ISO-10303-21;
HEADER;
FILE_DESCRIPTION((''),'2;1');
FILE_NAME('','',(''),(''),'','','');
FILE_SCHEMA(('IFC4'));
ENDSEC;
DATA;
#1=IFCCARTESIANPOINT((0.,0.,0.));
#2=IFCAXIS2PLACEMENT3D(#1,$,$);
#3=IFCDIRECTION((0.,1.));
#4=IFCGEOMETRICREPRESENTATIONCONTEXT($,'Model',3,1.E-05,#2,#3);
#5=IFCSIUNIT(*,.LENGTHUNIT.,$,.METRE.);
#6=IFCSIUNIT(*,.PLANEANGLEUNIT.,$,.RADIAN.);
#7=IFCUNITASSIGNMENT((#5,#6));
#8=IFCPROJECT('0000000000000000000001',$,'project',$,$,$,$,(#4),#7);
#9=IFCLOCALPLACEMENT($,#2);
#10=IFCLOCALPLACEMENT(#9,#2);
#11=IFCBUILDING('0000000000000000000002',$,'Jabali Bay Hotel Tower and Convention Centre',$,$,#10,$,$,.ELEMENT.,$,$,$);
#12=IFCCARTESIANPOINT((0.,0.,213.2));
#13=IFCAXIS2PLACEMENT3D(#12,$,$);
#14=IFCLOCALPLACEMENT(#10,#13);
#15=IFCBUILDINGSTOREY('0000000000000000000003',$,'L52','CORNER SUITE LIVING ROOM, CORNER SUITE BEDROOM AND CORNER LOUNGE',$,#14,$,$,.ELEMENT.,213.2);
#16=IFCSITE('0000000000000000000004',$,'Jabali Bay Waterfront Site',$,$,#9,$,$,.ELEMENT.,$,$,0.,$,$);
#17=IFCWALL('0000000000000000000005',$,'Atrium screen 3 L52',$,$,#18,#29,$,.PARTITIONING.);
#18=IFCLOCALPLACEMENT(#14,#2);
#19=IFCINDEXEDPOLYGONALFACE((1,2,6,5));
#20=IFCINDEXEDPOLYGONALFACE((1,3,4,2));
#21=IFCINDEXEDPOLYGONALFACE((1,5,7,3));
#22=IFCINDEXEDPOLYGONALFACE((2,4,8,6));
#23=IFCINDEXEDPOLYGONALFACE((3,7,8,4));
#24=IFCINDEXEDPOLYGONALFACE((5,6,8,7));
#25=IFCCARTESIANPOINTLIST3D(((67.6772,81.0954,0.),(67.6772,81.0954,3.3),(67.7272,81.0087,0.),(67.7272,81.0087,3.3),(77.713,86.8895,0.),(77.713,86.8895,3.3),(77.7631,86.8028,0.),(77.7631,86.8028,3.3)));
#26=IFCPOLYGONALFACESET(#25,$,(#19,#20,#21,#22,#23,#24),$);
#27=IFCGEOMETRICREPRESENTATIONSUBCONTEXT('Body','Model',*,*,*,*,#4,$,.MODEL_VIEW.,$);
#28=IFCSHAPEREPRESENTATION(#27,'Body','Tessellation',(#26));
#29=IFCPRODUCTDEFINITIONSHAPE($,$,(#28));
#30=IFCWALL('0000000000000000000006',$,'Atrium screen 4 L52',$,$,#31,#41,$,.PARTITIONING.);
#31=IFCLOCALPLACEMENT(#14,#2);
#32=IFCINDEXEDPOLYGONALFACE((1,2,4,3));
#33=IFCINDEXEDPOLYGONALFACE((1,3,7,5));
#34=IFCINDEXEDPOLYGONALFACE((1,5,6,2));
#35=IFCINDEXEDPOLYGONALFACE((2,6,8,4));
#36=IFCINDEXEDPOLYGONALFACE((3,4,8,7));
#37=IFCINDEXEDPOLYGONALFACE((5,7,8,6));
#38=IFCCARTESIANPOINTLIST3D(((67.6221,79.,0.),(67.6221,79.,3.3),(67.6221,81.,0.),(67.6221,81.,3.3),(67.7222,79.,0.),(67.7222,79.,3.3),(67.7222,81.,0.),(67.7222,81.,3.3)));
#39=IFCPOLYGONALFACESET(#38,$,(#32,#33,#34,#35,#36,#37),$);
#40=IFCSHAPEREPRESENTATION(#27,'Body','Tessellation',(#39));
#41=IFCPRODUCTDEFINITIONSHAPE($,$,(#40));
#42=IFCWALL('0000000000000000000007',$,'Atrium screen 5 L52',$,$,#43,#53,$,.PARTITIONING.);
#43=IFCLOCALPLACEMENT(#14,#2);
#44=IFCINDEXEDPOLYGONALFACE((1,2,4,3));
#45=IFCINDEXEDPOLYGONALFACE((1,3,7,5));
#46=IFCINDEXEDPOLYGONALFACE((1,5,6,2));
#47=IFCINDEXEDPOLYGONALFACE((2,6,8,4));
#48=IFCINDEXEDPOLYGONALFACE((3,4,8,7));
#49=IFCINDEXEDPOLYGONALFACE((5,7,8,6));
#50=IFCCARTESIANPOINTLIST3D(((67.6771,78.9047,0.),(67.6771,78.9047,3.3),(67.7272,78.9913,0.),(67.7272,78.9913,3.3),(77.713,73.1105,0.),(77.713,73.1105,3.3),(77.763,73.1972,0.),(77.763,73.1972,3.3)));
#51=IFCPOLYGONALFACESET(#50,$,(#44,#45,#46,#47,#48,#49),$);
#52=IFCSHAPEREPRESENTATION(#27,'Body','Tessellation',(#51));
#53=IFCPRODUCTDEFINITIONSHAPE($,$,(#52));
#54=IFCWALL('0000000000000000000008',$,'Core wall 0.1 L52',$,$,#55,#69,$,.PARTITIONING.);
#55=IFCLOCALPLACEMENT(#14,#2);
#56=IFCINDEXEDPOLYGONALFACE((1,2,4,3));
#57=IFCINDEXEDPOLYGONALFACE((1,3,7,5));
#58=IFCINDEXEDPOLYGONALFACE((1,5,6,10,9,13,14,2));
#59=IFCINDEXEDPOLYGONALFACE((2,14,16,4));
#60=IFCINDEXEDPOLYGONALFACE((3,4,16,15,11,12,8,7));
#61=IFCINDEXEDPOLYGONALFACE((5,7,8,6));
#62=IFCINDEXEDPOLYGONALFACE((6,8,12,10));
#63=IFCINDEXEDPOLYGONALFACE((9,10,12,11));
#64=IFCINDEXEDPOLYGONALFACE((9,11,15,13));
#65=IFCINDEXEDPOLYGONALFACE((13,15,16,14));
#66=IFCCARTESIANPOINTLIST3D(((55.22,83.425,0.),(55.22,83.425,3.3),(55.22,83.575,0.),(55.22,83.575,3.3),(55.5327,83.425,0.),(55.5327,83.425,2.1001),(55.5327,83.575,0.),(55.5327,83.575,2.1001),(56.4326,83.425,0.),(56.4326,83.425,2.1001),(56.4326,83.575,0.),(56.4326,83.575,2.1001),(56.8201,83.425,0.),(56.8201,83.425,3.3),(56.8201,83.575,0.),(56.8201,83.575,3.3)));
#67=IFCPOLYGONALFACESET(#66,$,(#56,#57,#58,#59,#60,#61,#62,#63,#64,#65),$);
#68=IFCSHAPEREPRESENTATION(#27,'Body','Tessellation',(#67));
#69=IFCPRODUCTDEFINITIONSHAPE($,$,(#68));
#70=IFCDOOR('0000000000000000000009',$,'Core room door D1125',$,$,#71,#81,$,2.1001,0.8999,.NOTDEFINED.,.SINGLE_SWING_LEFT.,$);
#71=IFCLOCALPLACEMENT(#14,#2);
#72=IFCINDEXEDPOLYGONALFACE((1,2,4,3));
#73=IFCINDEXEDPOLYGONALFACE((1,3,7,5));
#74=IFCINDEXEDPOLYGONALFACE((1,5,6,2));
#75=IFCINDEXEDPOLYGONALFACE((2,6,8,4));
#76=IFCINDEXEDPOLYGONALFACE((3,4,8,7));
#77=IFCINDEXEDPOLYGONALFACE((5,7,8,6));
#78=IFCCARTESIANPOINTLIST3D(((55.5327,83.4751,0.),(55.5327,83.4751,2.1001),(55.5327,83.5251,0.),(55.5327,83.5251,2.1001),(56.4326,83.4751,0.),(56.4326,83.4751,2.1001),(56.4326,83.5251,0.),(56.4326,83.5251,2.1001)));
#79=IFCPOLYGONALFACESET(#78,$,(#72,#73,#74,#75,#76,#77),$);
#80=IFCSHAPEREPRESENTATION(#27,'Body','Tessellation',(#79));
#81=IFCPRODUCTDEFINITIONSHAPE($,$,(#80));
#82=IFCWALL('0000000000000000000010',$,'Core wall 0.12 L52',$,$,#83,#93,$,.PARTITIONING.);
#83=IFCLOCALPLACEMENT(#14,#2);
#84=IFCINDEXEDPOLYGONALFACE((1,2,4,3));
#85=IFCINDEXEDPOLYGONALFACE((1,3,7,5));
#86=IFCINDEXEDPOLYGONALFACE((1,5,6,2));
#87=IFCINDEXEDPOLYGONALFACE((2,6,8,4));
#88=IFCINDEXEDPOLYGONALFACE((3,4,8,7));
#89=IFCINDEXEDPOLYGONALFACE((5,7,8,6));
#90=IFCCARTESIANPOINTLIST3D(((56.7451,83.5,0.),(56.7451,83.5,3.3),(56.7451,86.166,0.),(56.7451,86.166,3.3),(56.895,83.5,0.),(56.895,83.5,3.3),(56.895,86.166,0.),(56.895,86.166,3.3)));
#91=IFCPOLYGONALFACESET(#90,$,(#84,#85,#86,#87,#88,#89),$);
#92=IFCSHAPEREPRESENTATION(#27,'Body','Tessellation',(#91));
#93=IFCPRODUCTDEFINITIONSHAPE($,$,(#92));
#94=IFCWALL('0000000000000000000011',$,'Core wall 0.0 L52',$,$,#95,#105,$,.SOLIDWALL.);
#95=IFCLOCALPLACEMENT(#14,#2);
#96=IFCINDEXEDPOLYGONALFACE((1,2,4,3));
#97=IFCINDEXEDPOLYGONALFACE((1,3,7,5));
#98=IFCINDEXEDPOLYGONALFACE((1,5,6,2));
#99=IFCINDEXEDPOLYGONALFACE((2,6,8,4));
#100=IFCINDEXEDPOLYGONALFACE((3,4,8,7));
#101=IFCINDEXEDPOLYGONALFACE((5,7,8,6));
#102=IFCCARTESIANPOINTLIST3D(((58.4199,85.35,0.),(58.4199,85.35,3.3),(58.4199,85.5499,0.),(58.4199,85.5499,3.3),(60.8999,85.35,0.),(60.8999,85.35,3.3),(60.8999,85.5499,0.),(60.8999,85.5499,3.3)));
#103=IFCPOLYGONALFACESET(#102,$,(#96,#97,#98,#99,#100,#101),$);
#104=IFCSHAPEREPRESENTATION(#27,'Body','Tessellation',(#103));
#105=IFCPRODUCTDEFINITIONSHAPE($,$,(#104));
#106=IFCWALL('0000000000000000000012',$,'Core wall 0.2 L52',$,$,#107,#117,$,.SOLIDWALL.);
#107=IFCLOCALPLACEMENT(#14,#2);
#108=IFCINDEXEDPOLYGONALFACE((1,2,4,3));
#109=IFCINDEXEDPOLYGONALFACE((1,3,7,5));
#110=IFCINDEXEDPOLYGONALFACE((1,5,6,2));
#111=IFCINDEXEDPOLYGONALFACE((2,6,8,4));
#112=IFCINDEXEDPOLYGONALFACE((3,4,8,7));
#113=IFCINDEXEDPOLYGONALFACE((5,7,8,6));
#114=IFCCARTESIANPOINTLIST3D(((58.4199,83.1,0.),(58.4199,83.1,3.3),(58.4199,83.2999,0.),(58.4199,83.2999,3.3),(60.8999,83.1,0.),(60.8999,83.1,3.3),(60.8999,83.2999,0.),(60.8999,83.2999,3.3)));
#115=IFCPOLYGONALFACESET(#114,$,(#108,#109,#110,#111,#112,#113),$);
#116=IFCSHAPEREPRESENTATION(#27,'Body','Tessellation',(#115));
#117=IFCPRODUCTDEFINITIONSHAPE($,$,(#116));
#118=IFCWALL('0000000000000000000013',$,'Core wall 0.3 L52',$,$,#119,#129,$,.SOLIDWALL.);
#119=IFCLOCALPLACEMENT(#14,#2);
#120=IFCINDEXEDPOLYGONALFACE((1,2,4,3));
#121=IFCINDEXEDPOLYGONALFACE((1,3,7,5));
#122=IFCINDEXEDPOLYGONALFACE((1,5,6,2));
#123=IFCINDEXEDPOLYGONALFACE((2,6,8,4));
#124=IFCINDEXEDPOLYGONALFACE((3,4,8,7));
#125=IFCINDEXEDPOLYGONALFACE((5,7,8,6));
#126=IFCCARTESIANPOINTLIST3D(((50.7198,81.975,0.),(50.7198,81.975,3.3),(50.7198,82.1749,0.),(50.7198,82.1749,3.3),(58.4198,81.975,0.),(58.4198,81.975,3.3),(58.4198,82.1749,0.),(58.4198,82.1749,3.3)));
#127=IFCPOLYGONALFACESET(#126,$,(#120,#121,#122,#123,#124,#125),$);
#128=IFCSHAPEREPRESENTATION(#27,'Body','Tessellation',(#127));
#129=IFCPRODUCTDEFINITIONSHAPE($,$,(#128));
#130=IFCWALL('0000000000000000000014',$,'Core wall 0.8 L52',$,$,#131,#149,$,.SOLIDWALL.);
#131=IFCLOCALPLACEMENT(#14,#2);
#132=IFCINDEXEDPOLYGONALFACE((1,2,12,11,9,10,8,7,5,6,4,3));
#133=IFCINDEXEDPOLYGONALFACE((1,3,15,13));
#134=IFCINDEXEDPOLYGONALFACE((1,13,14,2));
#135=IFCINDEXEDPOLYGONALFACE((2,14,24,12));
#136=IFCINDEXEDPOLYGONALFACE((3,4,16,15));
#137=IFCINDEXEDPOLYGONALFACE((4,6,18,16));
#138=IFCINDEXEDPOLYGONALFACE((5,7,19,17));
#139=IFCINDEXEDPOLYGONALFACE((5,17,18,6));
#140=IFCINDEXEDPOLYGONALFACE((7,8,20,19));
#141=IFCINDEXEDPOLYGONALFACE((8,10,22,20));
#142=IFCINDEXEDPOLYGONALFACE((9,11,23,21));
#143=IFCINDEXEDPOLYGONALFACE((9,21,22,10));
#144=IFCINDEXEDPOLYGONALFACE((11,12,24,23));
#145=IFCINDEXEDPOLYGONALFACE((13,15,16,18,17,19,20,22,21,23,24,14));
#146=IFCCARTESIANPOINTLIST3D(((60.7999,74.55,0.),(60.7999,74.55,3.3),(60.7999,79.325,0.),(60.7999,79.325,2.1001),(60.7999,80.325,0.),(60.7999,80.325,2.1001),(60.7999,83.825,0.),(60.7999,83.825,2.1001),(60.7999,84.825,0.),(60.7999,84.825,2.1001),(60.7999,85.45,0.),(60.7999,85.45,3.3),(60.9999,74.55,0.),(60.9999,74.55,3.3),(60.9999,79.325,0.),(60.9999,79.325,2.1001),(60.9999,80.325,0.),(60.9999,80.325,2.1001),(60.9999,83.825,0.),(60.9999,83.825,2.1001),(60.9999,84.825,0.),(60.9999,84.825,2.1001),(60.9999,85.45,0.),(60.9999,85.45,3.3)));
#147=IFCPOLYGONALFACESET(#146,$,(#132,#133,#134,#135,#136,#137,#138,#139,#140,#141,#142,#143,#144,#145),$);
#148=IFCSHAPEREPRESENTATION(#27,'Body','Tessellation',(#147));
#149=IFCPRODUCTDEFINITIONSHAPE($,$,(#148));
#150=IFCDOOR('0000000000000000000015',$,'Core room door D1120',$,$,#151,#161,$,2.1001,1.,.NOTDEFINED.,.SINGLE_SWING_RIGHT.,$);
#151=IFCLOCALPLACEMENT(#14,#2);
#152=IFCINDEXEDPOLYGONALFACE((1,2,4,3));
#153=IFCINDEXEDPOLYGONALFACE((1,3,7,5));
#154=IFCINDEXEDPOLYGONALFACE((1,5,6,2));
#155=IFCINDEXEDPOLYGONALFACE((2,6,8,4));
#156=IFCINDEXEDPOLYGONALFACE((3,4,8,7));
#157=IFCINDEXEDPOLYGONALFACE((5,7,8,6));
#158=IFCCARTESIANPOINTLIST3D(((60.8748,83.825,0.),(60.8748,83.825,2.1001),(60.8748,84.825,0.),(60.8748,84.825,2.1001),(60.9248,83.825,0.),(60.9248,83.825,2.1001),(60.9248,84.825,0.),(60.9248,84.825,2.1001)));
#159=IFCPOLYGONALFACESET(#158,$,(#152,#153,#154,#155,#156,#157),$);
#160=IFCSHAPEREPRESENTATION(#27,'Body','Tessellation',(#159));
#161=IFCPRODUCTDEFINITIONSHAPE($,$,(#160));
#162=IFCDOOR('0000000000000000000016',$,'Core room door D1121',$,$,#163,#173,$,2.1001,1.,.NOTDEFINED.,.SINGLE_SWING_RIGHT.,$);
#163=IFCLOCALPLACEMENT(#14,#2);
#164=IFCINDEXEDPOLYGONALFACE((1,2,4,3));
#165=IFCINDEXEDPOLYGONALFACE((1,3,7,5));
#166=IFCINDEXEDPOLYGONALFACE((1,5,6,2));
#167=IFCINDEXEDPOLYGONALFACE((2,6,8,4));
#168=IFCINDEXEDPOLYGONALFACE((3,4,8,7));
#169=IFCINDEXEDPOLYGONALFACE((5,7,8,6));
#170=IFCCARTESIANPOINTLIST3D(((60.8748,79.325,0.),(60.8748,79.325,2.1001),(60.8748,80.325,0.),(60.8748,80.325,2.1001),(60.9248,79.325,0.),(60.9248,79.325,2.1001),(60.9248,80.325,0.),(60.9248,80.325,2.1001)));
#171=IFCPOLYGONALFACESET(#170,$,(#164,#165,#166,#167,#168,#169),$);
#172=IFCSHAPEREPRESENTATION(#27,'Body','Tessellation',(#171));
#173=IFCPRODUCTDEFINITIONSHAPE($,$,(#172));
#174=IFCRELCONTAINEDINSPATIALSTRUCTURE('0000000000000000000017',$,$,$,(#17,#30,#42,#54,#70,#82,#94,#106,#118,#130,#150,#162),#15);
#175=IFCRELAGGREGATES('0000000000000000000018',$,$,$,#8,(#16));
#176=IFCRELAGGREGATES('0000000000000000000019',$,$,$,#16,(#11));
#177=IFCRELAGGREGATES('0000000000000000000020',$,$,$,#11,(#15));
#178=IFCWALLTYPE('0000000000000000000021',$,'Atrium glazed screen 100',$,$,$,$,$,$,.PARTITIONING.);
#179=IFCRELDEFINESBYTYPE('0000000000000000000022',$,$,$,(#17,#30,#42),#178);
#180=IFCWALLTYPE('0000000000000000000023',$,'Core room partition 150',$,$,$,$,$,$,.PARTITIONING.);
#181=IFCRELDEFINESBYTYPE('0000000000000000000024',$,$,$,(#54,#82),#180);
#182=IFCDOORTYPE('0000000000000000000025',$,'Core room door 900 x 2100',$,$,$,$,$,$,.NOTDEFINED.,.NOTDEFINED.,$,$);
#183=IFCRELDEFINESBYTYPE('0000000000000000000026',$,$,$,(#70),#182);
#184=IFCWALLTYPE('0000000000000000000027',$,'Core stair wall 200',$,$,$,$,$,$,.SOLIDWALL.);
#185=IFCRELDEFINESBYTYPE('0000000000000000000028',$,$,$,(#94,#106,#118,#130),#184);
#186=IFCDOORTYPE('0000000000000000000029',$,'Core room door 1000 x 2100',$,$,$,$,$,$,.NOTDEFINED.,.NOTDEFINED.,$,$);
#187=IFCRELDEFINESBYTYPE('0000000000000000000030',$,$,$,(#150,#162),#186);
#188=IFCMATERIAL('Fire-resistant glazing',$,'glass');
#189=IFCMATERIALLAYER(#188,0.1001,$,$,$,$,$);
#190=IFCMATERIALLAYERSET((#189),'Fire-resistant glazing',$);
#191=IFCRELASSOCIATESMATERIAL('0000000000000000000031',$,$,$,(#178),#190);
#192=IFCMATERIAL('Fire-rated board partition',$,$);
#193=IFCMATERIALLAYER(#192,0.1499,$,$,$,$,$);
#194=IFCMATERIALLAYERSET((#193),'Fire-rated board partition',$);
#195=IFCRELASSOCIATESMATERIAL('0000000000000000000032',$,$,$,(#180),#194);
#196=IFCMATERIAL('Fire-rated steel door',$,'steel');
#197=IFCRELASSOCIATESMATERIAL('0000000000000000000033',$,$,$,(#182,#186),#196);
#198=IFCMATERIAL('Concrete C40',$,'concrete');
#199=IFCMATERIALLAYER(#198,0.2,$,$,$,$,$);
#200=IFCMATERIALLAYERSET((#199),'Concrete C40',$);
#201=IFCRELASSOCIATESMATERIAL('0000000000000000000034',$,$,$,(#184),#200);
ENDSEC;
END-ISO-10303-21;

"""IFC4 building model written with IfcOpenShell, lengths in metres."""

from ifc_helpers import new_model, si_unit, direction, frame, frame_2d, origin, place, context, subcontext, project, spatial, rectangle, extrude, material, layer, layer_set, type_object, element, fill, save


model = new_model("IFC4")

# Units and contexts
model_context = context("Model", 3, precision=1e-05, world=origin(), true_north=direction((0.0, 1.0)))
body_context = subcontext(model_context, "Body", "Model", "MODEL_VIEW")
ifc_project = project(units=[si_unit("LENGTHUNIT", "METRE"), si_unit("PLANEANGLEUNIT", "RADIAN")], contexts=[model_context])

# Site, building, storey
site_placement = place(None, origin())
site = spatial("IfcSite", under=ifc_project, at=site_placement, Name="Jabali Bay Waterfront Site", CompositionType="ELEMENT", RefElevation=0.0)
building_placement = place(site_placement, origin())
building = spatial("IfcBuilding", under=site, at=building_placement, Name="Jabali Bay Hotel Tower and Convention Centre", CompositionType="ELEMENT")
storey_placement = place(building_placement, frame((0.0, 0.0, 213.2)))
storey = spatial("IfcBuildingStorey", under=building, at=storey_placement, Name="L52", Description="CORNER SUITE LIVING ROOM, CORNER SUITE BEDROOM AND CORNER LOUNGE", CompositionType="ELEMENT", Elevation=213.2)

# Walls
ifc_material_1 = material(Name="Fire-resistant glazing", Category="glass")
ifc_layer_1 = layer(ifc_material_1, 0.1001)
ifc_layer_set_1 = layer_set([ifc_layer_1], Name="Fire-resistant glazing")
wall_type_1 = type_object("IfcWallType", Name="Atrium glazed screen 100", PredefinedType="PARTITIONING", material=ifc_layer_set_1)
wall_1_placement = place(storey_placement, frame((77.738, 86.8462, 0.0), z_axis=(0.0, 0.0, 1.0), x_axis=(-0.866027, -0.499998, 0.0)))
element("IfcWall", 1, at=wall_1_placement, inside=storey, type_object=wall_type_1, Name="Atrium screen 3 L52", PredefinedType="PARTITIONING", context=body_context, shape_type="SweptSolid", body=[
    extrude(rectangle(XDim=11.5884, YDim=0.1001, at=frame_2d((5.7942, 0.0))), origin(), (0.0, 0.0, 1.0), 3.3),
])
wall_2_placement = place(storey_placement, frame((67.6721, 81.0, 0.0), z_axis=(0.0, 0.0, 1.0), x_axis=(0.0, -1.0, 0.0)))
element("IfcWall", 2, at=wall_2_placement, inside=storey, type_object=wall_type_1, Name="Atrium screen 4 L52", PredefinedType="PARTITIONING", context=body_context, shape_type="SweptSolid", body=[
    extrude(rectangle(XDim=2.0, YDim=0.1001, at=frame_2d((1.0, 0.0))), origin(), (0.0, 0.0, 1.0), 3.3),
])
wall_3_placement = place(storey_placement, frame((67.7021, 78.948, 0.0), z_axis=(0.0, 0.0, 1.0), x_axis=(0.866027, -0.499998, 0.0)))
element("IfcWall", 3, at=wall_3_placement, inside=storey, type_object=wall_type_1, Name="Atrium screen 5 L52", PredefinedType="PARTITIONING", context=body_context, shape_type="SweptSolid", body=[
    extrude(rectangle(XDim=11.5884, YDim=0.1001, at=frame_2d((5.7942, 0.0))), origin(), (0.0, 0.0, 1.0), 3.3),
])

# Wall, opening, door
ifc_material_2 = material(Name="Fire-rated board partition")
ifc_layer_2 = layer(ifc_material_2, 0.1499)
ifc_layer_set_2 = layer_set([ifc_layer_2], Name="Fire-rated board partition")
wall_type_2 = type_object("IfcWallType", Name="Core room partition 150", PredefinedType="PARTITIONING", material=ifc_layer_set_2)
wall_4_placement = place(storey_placement, frame((56.8201, 83.5, 0.0), z_axis=(0.0, 0.0, 1.0), x_axis=(-1.0, 0.0, 0.0)))
wall_4 = element("IfcWall", 4, at=wall_4_placement, inside=storey, type_object=wall_type_2, Name="Core wall 0.1 L52", PredefinedType="PARTITIONING", context=body_context, shape_type="SweptSolid", body=[
    extrude(rectangle(XDim=1.6001, YDim=0.1499, at=frame_2d((0.8, 0.0))), origin(), (0.0, 0.0, 1.0), 3.3),
])
opening_1_placement = place(wall_4_placement, frame((0.3875, 0.0, 0.0)))
opening_1 = element("IfcOpeningElement", 5, at=opening_1_placement, cuts=wall_4, PredefinedType="OPENING", context=body_context, shape_type="SweptSolid", body=[
    extrude(rectangle(XDim=0.8999, YDim=2.1001, at=frame_2d((0.45, 1.05))), frame((0.0, 0.0854, 0.0), z_axis=(0.0, -1.0, 0.0), x_axis=(1.0, 0.0, 0.0)), (0.0, 0.0, 1.0), 0.1709),
])
ifc_material_3 = material(Name="Fire-rated steel door", Category="steel")
door_type_1 = type_object("IfcDoorType", Name="Core room door 900 x 2100", OperationType="NOTDEFINED", PredefinedType="NOTDEFINED", material=ifc_material_3)
door_1_placement = place(opening_1_placement, origin())
door_1 = element("IfcDoor", 6, at=door_1_placement, inside=storey, type_object=door_type_1, Name="Core room door D1125", OperationType="SINGLE_SWING_LEFT", OverallHeight=2.1001, OverallWidth=0.8999, PredefinedType="NOTDEFINED", context=body_context, shape_type="SweptSolid", body=[
    extrude(rectangle(XDim=0.8999, YDim=2.1001, at=frame_2d((0.45, 1.05))), frame((0.0, 0.0249, 0.0), z_axis=(0.0, -1.0, 0.0), x_axis=(1.0, 0.0, 0.0)), (0.0, 0.0, 1.0), 0.05),
])
fill(opening_1, door_1)

# Walls
wall_5_placement = place(storey_placement, frame((56.8201, 86.166, 0.0), z_axis=(0.0, 0.0, 1.0), x_axis=(0.0, -1.0, 0.0)))
element("IfcWall", 7, at=wall_5_placement, inside=storey, type_object=wall_type_2, Name="Core wall 0.12 L52", PredefinedType="PARTITIONING", context=body_context, shape_type="SweptSolid", body=[
    extrude(rectangle(XDim=2.666, YDim=0.1499, at=frame_2d((1.333, 0.0))), origin(), (0.0, 0.0, 1.0), 3.3),
])
ifc_material_4 = material(Name="Concrete C40", Category="concrete")
ifc_layer_3 = layer(ifc_material_4, 0.2)
ifc_layer_set_3 = layer_set([ifc_layer_3], Name="Concrete C40")
wall_type_3 = type_object("IfcWallType", Name="Core stair wall 200", PredefinedType="SOLIDWALL", material=ifc_layer_set_3)
for number, where, z_axis, x_axis, name in (
    (8, (60.8999, 85.45, 0.0), (0.0, 0.0, 1.0), (-1.0, 0.0, 0.0), "Core wall 0.0 L52"),
    (9, (60.8999, 83.2, 0.0), (0.0, 0.0, 1.0), (-1.0, 0.0, 0.0), "Core wall 0.2 L52"),
):
    element("IfcWall", number, at=place(storey_placement, frame(where, z_axis=z_axis, x_axis=x_axis)), inside=storey, type_object=wall_type_3, Name=name, PredefinedType="SOLIDWALL", context=body_context, shape_type="SweptSolid", body=[
        extrude(rectangle(XDim=2.48, YDim=0.2, at=frame_2d((1.24, 0.0))), origin(), (0.0, 0.0, 1.0), 3.3),
    ])
wall_6_placement = place(storey_placement, frame((58.4199, 82.075, 0.0), z_axis=(0.0, 0.0, 1.0), x_axis=(-1.0, 0.0, 0.0)))
element("IfcWall", 10, at=wall_6_placement, inside=storey, type_object=wall_type_3, Name="Core wall 0.3 L52", PredefinedType="SOLIDWALL", context=body_context, shape_type="SweptSolid", body=[
    extrude(rectangle(XDim=7.7, YDim=0.2, at=frame_2d((3.8501, 0.0))), origin(), (0.0, 0.0, 1.0), 3.3),
])

# Wall, openings, doors
wall_7_placement = place(storey_placement, frame((60.8999, 85.45, 0.0), z_axis=(0.0, 0.0, 1.0), x_axis=(0.0, -1.0, 0.0)))
wall_7 = element("IfcWall", 11, at=wall_7_placement, inside=storey, type_object=wall_type_3, Name="Core wall 0.8 L52", PredefinedType="SOLIDWALL", context=body_context, shape_type="SweptSolid", body=[
    extrude(rectangle(XDim=10.8999, YDim=0.2, at=frame_2d((5.45, 0.0))), origin(), (0.0, 0.0, 1.0), 3.3),
])
opening_2_placement = place(wall_7_placement, frame((0.625, 0.0, 0.0)))
opening_2 = element("IfcOpeningElement", 12, at=opening_2_placement, cuts=wall_7, PredefinedType="OPENING", context=body_context, shape_type="SweptSolid", body=[
    extrude(rectangle(XDim=1.0, YDim=2.1001, at=frame_2d((0.5, 1.05))), frame((0.0, 0.1104, 0.0), z_axis=(0.0, -1.0, 0.0), x_axis=(1.0, 0.0, 0.0)), (0.0, 0.0, 1.0), 0.2209),
])
opening_3_placement = place(wall_7_placement, frame((5.125, 0.0, 0.0)))
opening_3 = element("IfcOpeningElement", 13, at=opening_3_placement, cuts=wall_7, PredefinedType="OPENING", context=body_context, shape_type="SweptSolid", body=[
    extrude(rectangle(XDim=1.0, YDim=2.1001, at=frame_2d((0.5, 1.05))), frame((0.0, 0.1104, 0.0), z_axis=(0.0, -1.0, 0.0), x_axis=(1.0, 0.0, 0.0)), (0.0, 0.0, 1.0), 0.2209),
])
door_type_2 = type_object("IfcDoorType", Name="Core room door 1000 x 2100", OperationType="NOTDEFINED", PredefinedType="NOTDEFINED", material=ifc_material_3)
door_2_placement = place(opening_2_placement, origin())
door_2 = element("IfcDoor", 14, at=door_2_placement, inside=storey, type_object=door_type_2, Name="Core room door D1120", OperationType="SINGLE_SWING_RIGHT", OverallHeight=2.1001, OverallWidth=1.0, PredefinedType="NOTDEFINED", context=body_context, shape_type="SweptSolid", body=[
    extrude(rectangle(XDim=1.0, YDim=2.1001, at=frame_2d((0.5, 1.05))), frame((0.0, 0.0249, 0.0), z_axis=(0.0, -1.0, 0.0), x_axis=(1.0, 0.0, 0.0)), (0.0, 0.0, 1.0), 0.05),
])
fill(opening_2, door_2)
door_3_placement = place(opening_3_placement, origin())
door_3 = element("IfcDoor", 15, at=door_3_placement, inside=storey, type_object=door_type_2, Name="Core room door D1121", OperationType="SINGLE_SWING_RIGHT", OverallHeight=2.1001, OverallWidth=1.0, PredefinedType="NOTDEFINED", context=body_context, shape_type="SweptSolid", body=[
    extrude(rectangle(XDim=1.0, YDim=2.1001, at=frame_2d((0.5, 1.05))), frame((0.0, 0.0249, 0.0), z_axis=(0.0, -1.0, 0.0), x_axis=(1.0, 0.0, 0.0)), (0.0, 0.0, 1.0), 0.05),
])
fill(opening_3, door_3)

save(model, "model.ifc")
